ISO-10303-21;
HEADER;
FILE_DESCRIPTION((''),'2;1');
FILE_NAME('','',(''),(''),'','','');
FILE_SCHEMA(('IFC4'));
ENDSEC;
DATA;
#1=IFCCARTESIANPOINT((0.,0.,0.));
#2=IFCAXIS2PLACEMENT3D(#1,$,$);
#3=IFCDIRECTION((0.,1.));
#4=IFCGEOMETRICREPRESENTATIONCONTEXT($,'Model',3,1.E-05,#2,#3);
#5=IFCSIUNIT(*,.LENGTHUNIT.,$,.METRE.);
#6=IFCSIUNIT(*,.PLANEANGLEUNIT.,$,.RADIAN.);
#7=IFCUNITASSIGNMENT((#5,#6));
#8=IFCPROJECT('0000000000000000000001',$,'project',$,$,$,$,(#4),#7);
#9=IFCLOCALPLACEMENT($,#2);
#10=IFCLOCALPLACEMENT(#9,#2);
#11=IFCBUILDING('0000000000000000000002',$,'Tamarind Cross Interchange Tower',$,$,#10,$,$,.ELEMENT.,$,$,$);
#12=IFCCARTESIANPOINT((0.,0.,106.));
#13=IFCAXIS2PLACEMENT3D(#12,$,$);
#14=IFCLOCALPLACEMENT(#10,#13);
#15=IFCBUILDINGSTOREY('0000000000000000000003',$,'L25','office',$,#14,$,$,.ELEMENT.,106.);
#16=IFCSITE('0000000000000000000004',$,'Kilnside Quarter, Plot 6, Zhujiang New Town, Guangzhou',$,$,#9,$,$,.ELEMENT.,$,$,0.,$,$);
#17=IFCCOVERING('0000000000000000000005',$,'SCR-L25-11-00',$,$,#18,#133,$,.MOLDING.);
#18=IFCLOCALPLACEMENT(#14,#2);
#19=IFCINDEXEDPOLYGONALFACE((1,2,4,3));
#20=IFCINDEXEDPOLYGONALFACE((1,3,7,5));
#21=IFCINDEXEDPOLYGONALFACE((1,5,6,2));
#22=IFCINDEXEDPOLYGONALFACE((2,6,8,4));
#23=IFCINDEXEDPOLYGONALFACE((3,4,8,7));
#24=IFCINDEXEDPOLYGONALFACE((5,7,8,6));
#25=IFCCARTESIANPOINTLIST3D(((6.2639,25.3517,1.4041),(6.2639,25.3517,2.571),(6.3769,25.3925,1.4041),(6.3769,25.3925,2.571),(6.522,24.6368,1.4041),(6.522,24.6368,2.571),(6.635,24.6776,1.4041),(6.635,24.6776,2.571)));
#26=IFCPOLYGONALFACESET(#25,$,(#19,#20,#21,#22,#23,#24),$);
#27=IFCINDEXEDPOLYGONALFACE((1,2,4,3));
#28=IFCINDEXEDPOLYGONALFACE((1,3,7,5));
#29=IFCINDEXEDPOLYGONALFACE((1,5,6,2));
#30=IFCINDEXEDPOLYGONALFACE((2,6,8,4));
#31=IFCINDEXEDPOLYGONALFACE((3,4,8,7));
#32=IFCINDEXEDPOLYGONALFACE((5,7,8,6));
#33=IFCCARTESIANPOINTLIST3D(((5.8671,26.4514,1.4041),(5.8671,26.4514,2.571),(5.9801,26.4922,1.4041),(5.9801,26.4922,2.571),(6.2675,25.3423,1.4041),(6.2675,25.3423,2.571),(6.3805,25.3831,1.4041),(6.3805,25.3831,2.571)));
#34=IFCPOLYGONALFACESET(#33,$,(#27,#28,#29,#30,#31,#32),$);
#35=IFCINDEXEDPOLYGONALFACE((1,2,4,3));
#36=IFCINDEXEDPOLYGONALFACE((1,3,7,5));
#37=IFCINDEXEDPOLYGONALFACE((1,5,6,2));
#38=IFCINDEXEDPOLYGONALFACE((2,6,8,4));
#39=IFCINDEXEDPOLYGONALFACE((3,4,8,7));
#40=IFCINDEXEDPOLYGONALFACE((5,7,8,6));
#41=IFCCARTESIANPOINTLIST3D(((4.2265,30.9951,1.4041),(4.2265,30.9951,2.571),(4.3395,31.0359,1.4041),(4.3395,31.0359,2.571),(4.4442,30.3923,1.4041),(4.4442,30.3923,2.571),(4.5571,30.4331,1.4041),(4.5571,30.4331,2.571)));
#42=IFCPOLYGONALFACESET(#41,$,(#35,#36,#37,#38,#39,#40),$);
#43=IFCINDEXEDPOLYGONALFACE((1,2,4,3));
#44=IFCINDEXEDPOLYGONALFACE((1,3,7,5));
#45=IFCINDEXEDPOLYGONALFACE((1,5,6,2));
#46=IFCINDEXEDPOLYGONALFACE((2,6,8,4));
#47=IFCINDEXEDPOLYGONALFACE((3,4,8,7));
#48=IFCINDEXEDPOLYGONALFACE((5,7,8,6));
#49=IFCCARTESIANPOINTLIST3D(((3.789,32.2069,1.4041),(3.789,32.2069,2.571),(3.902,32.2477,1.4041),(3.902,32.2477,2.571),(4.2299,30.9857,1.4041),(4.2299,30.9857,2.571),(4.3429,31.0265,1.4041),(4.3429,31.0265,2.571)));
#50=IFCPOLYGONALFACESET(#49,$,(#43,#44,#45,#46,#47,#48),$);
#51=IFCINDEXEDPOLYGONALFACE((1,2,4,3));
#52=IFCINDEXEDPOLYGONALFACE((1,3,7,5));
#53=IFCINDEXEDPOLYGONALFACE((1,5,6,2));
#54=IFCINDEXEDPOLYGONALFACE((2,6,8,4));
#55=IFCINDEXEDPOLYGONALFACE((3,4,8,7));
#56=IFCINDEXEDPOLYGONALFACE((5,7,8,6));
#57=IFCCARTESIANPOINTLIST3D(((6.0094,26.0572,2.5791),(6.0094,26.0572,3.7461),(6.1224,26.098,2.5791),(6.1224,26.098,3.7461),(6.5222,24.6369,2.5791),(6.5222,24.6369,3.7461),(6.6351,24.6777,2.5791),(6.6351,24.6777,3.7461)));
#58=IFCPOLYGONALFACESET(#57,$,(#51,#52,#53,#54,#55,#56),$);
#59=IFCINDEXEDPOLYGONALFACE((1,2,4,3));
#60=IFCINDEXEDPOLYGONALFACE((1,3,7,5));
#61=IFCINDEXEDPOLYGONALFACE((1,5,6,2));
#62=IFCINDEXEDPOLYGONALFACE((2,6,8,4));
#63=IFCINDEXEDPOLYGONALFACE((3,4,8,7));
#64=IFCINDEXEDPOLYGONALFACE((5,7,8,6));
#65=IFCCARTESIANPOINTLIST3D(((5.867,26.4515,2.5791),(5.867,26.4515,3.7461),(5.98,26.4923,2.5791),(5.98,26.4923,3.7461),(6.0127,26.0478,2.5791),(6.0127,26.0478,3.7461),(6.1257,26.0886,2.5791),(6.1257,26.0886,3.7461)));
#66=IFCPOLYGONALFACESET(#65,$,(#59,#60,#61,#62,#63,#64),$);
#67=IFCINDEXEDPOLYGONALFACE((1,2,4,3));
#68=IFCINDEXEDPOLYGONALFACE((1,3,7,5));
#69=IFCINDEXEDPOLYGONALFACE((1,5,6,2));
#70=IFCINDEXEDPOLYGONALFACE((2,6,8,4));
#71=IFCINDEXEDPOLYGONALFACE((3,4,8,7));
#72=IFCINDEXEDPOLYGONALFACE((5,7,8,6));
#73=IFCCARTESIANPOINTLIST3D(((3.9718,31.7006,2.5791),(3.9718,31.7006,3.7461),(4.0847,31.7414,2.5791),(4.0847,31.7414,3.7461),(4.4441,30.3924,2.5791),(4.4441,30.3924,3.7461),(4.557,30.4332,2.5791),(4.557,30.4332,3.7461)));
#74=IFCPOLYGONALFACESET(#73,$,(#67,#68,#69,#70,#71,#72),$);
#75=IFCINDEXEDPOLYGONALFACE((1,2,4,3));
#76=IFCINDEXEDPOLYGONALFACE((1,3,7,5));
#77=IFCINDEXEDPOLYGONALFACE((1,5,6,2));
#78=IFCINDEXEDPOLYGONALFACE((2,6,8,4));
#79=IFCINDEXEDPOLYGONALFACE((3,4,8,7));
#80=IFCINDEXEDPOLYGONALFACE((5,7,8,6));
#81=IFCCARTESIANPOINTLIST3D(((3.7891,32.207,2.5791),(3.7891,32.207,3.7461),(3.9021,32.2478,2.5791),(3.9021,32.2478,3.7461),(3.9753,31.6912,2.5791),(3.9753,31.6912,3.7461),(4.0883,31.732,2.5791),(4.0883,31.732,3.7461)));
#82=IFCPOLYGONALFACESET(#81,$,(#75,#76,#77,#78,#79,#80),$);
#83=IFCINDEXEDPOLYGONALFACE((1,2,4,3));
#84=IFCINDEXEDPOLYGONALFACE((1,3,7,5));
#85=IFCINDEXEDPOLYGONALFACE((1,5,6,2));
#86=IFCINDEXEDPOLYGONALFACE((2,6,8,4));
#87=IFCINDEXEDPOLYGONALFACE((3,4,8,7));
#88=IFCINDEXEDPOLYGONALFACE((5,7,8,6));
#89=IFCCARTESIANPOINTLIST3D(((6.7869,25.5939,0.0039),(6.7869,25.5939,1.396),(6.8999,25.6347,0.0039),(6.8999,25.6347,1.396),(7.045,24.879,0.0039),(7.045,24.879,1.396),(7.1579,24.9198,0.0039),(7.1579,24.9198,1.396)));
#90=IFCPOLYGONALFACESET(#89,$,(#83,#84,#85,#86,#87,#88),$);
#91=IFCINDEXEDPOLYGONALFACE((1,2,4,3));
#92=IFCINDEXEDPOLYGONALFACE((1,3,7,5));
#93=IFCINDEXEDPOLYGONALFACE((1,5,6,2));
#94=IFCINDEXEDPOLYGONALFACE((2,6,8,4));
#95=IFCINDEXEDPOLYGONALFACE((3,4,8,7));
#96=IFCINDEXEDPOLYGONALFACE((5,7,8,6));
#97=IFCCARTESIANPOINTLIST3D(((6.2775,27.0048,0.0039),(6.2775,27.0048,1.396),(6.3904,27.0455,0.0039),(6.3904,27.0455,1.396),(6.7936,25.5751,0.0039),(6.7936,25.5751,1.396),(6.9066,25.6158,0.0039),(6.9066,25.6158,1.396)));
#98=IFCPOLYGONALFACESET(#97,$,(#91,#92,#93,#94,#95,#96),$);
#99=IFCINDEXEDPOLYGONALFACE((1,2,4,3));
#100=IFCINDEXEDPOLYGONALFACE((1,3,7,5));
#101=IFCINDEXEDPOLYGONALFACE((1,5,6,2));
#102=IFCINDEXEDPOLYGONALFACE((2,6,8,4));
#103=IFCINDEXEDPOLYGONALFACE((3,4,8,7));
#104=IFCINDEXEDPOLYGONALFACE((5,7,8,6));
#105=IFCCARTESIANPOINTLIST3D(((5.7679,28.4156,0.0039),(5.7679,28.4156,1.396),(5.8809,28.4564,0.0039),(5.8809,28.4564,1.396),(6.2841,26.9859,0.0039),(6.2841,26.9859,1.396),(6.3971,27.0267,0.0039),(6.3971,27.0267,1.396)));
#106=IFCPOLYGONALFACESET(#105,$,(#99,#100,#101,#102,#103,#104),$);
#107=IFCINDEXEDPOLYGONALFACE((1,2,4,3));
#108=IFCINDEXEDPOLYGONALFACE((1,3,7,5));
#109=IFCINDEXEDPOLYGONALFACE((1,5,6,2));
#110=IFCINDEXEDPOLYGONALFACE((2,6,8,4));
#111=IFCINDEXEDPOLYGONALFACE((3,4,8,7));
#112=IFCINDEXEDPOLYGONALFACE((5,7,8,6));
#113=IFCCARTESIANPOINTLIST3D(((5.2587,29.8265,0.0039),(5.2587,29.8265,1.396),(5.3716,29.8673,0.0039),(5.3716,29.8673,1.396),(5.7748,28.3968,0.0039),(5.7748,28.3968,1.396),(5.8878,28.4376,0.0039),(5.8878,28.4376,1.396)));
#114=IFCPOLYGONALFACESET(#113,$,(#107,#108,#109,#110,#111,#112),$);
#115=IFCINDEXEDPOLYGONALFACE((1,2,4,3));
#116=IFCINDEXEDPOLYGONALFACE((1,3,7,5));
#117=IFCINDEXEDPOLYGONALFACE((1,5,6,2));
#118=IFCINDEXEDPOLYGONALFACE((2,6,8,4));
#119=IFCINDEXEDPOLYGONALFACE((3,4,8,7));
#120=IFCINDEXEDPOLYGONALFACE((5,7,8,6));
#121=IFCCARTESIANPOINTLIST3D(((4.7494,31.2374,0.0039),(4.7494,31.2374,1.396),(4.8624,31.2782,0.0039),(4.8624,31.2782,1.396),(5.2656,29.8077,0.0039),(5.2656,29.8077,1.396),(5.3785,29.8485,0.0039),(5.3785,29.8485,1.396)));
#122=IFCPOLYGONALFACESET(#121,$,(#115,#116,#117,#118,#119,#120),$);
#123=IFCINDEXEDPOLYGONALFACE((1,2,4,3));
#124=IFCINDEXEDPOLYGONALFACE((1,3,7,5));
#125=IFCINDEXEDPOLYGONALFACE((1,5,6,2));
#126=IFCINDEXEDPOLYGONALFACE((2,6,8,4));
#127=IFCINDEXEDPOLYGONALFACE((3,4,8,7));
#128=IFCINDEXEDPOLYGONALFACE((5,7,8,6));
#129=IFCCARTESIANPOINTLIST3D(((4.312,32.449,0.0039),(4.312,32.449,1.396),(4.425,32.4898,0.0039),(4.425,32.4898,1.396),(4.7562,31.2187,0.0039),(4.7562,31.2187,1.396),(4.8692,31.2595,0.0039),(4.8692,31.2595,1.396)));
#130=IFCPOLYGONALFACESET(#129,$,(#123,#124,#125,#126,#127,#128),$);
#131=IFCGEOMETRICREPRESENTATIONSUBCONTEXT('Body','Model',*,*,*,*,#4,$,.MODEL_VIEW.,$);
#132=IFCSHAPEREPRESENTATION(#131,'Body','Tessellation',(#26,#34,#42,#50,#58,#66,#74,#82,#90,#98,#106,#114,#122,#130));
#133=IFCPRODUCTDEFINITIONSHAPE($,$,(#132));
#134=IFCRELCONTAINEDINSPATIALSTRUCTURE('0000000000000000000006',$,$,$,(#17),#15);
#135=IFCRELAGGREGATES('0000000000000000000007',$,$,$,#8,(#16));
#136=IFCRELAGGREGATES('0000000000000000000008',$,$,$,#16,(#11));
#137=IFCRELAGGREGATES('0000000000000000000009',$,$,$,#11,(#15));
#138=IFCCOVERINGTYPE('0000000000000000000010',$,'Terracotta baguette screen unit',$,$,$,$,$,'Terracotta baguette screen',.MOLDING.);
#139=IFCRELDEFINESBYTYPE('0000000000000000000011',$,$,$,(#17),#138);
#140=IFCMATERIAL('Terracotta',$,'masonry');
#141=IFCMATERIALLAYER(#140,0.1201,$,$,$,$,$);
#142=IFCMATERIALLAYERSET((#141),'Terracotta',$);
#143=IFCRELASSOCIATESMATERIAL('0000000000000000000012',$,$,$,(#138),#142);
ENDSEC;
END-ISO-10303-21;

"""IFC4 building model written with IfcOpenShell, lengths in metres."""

from ifc_helpers import new_model, si_unit, direction, frame, origin, origin_2d, place, context, subcontext, project, spatial, rectangle, extrude, material, layer, layer_set, type_object, element, save


model = new_model("IFC4")

# Units and contexts
model_context = context("Model", 3, precision=1e-05, world=origin(), true_north=direction((0.0, 1.0)))
body_context = subcontext(model_context, "Body", "Model", "MODEL_VIEW")
ifc_project = project(units=[si_unit("LENGTHUNIT", "METRE"), si_unit("PLANEANGLEUNIT", "RADIAN")], contexts=[model_context])

# Site, building, storey
site_placement = place(None, origin())
site = spatial("IfcSite", under=ifc_project, at=site_placement, Name="Kilnside Quarter, Plot 6, Zhujiang New Town, Guangzhou", CompositionType="ELEMENT", RefElevation=0.0)
building_placement = place(site_placement, origin())
building = spatial("IfcBuilding", under=site, at=building_placement, Name="Tamarind Cross Interchange Tower", CompositionType="ELEMENT")
storey_placement = place(building_placement, frame((0.0, 0.0, 106.0)))
storey = spatial("IfcBuildingStorey", under=building, at=storey_placement, Name="L25", Description="office", CompositionType="ELEMENT", Elevation=106.0)

# Covering
ifc_material_1 = material(Name="Terracotta", Category="masonry")
ifc_layer_1 = layer(ifc_material_1, 0.1201)
ifc_layer_set_1 = layer_set([ifc_layer_1], Name="Terracotta")
covering_type = type_object("IfcCoveringType", Name="Terracotta baguette screen unit", ElementType="Terracotta baguette screen", PredefinedType="MOLDING", material=ifc_layer_set_1)
covering_1_placement = place(storey_placement, origin())
element("IfcCovering", 1, at=covering_1_placement, inside=storey, type_object=covering_type, Name="SCR-L25-11-00", PredefinedType="MOLDING", context=body_context, shape_type="SweptSolid", body=[
    extrude(rectangle(XDim=0.76, YDim=0.1201, at=origin_2d()), frame((6.4495, 25.0146, 1.4041), z_axis=(0.0, 0.0, 1.0), x_axis=(-0.339579, 0.940578, 0.0)), (0.0, 0.0, 1.0), 1.167),
    extrude(rectangle(XDim=1.1792, YDim=0.1201, at=origin_2d()), frame((6.1238, 25.9172, 1.4041), z_axis=(0.0, 0.0, 1.0), x_axis=(-0.339579, 0.940578, 0.0)), (0.0, 0.0, 1.0), 1.167),
    extrude(rectangle(XDim=0.6409, YDim=0.1201, at=origin_2d()), frame((4.3918, 30.7141, 1.4041), z_axis=(0.0, 0.0, 1.0), x_axis=(-0.339579, 0.940578, 0.0)), (0.0, 0.0, 1.0), 1.167),
    extrude(rectangle(XDim=1.2983, YDim=0.1201, at=origin_2d()), frame((4.0659, 31.6167, 1.4041), z_axis=(0.0, 0.0, 1.0), x_axis=(-0.339579, 0.940578, 0.0)), (0.0, 0.0, 1.0), 1.167),
    extrude(rectangle(XDim=1.51, YDim=0.1201, at=origin_2d()), frame((6.3223, 25.3674, 2.5791), z_axis=(0.0, 0.0, 1.0), x_axis=(-0.339579, 0.940578, 0.0)), (0.0, 0.0, 1.0), 1.167),
    extrude(rectangle(XDim=0.4292, YDim=0.1201, at=origin_2d()), frame((5.9963, 26.27, 2.5791), z_axis=(0.0, 0.0, 1.0), x_axis=(-0.339579, 0.940578, 0.0)), (0.0, 0.0, 1.0), 1.167),
    extrude(rectangle(XDim=1.3909, YDim=0.1201, at=origin_2d()), frame((4.2644, 31.0669, 2.5791), z_axis=(0.0, 0.0, 1.0), x_axis=(-0.339579, 0.940578, 0.0)), (0.0, 0.0, 1.0), 1.167),
    extrude(rectangle(XDim=0.5483, YDim=0.1201, at=origin_2d()), frame((3.9387, 31.9695, 2.5791), z_axis=(0.0, 0.0, 1.0), x_axis=(-0.339579, 0.940578, 0.0)), (0.0, 0.0, 1.0), 1.167),
    extrude(rectangle(XDim=0.76, YDim=0.1201, at=origin_2d()), frame((6.9724, 25.2568, 0.0039), z_axis=(0.0, 0.0, 1.0), x_axis=(-0.339579, 0.940578, 0.0)), (0.0, 0.0, 1.0), 1.3921),
    extrude(rectangle(XDim=1.52, YDim=0.1201, at=origin_2d()), frame((6.592, 26.3103, 0.0039), z_axis=(0.0, 0.0, 1.0), x_axis=(-0.339579, 0.940578, 0.0)), (0.0, 0.0, 1.0), 1.3921),
    extrude(rectangle(XDim=1.52, YDim=0.1201, at=origin_2d()), frame((6.0825, 27.7212, 0.0039), z_axis=(0.0, 0.0, 1.0), x_axis=(-0.339579, 0.940578, 0.0)), (0.0, 0.0, 1.0), 1.3921),
    extrude(rectangle(XDim=1.52, YDim=0.1201, at=origin_2d()), frame((5.5732, 29.1321, 0.0039), z_axis=(0.0, 0.0, 1.0), x_axis=(-0.339579, 0.940578, 0.0)), (0.0, 0.0, 1.0), 1.3921),
    extrude(rectangle(XDim=1.52, YDim=0.1201, at=origin_2d()), frame((5.064, 30.543, 0.0039), z_axis=(0.0, 0.0, 1.0), x_axis=(-0.339579, 0.940578, 0.0)), (0.0, 0.0, 1.0), 1.3921),
    extrude(rectangle(XDim=1.3081, YDim=0.1201, at=origin_2d()), frame((4.5906, 31.8542, 0.0039), z_axis=(0.0, 0.0, 1.0), x_axis=(-0.339579, 0.940578, 0.0)), (0.0, 0.0, 1.0), 1.3921),
])

save(model, "model.ifc")
